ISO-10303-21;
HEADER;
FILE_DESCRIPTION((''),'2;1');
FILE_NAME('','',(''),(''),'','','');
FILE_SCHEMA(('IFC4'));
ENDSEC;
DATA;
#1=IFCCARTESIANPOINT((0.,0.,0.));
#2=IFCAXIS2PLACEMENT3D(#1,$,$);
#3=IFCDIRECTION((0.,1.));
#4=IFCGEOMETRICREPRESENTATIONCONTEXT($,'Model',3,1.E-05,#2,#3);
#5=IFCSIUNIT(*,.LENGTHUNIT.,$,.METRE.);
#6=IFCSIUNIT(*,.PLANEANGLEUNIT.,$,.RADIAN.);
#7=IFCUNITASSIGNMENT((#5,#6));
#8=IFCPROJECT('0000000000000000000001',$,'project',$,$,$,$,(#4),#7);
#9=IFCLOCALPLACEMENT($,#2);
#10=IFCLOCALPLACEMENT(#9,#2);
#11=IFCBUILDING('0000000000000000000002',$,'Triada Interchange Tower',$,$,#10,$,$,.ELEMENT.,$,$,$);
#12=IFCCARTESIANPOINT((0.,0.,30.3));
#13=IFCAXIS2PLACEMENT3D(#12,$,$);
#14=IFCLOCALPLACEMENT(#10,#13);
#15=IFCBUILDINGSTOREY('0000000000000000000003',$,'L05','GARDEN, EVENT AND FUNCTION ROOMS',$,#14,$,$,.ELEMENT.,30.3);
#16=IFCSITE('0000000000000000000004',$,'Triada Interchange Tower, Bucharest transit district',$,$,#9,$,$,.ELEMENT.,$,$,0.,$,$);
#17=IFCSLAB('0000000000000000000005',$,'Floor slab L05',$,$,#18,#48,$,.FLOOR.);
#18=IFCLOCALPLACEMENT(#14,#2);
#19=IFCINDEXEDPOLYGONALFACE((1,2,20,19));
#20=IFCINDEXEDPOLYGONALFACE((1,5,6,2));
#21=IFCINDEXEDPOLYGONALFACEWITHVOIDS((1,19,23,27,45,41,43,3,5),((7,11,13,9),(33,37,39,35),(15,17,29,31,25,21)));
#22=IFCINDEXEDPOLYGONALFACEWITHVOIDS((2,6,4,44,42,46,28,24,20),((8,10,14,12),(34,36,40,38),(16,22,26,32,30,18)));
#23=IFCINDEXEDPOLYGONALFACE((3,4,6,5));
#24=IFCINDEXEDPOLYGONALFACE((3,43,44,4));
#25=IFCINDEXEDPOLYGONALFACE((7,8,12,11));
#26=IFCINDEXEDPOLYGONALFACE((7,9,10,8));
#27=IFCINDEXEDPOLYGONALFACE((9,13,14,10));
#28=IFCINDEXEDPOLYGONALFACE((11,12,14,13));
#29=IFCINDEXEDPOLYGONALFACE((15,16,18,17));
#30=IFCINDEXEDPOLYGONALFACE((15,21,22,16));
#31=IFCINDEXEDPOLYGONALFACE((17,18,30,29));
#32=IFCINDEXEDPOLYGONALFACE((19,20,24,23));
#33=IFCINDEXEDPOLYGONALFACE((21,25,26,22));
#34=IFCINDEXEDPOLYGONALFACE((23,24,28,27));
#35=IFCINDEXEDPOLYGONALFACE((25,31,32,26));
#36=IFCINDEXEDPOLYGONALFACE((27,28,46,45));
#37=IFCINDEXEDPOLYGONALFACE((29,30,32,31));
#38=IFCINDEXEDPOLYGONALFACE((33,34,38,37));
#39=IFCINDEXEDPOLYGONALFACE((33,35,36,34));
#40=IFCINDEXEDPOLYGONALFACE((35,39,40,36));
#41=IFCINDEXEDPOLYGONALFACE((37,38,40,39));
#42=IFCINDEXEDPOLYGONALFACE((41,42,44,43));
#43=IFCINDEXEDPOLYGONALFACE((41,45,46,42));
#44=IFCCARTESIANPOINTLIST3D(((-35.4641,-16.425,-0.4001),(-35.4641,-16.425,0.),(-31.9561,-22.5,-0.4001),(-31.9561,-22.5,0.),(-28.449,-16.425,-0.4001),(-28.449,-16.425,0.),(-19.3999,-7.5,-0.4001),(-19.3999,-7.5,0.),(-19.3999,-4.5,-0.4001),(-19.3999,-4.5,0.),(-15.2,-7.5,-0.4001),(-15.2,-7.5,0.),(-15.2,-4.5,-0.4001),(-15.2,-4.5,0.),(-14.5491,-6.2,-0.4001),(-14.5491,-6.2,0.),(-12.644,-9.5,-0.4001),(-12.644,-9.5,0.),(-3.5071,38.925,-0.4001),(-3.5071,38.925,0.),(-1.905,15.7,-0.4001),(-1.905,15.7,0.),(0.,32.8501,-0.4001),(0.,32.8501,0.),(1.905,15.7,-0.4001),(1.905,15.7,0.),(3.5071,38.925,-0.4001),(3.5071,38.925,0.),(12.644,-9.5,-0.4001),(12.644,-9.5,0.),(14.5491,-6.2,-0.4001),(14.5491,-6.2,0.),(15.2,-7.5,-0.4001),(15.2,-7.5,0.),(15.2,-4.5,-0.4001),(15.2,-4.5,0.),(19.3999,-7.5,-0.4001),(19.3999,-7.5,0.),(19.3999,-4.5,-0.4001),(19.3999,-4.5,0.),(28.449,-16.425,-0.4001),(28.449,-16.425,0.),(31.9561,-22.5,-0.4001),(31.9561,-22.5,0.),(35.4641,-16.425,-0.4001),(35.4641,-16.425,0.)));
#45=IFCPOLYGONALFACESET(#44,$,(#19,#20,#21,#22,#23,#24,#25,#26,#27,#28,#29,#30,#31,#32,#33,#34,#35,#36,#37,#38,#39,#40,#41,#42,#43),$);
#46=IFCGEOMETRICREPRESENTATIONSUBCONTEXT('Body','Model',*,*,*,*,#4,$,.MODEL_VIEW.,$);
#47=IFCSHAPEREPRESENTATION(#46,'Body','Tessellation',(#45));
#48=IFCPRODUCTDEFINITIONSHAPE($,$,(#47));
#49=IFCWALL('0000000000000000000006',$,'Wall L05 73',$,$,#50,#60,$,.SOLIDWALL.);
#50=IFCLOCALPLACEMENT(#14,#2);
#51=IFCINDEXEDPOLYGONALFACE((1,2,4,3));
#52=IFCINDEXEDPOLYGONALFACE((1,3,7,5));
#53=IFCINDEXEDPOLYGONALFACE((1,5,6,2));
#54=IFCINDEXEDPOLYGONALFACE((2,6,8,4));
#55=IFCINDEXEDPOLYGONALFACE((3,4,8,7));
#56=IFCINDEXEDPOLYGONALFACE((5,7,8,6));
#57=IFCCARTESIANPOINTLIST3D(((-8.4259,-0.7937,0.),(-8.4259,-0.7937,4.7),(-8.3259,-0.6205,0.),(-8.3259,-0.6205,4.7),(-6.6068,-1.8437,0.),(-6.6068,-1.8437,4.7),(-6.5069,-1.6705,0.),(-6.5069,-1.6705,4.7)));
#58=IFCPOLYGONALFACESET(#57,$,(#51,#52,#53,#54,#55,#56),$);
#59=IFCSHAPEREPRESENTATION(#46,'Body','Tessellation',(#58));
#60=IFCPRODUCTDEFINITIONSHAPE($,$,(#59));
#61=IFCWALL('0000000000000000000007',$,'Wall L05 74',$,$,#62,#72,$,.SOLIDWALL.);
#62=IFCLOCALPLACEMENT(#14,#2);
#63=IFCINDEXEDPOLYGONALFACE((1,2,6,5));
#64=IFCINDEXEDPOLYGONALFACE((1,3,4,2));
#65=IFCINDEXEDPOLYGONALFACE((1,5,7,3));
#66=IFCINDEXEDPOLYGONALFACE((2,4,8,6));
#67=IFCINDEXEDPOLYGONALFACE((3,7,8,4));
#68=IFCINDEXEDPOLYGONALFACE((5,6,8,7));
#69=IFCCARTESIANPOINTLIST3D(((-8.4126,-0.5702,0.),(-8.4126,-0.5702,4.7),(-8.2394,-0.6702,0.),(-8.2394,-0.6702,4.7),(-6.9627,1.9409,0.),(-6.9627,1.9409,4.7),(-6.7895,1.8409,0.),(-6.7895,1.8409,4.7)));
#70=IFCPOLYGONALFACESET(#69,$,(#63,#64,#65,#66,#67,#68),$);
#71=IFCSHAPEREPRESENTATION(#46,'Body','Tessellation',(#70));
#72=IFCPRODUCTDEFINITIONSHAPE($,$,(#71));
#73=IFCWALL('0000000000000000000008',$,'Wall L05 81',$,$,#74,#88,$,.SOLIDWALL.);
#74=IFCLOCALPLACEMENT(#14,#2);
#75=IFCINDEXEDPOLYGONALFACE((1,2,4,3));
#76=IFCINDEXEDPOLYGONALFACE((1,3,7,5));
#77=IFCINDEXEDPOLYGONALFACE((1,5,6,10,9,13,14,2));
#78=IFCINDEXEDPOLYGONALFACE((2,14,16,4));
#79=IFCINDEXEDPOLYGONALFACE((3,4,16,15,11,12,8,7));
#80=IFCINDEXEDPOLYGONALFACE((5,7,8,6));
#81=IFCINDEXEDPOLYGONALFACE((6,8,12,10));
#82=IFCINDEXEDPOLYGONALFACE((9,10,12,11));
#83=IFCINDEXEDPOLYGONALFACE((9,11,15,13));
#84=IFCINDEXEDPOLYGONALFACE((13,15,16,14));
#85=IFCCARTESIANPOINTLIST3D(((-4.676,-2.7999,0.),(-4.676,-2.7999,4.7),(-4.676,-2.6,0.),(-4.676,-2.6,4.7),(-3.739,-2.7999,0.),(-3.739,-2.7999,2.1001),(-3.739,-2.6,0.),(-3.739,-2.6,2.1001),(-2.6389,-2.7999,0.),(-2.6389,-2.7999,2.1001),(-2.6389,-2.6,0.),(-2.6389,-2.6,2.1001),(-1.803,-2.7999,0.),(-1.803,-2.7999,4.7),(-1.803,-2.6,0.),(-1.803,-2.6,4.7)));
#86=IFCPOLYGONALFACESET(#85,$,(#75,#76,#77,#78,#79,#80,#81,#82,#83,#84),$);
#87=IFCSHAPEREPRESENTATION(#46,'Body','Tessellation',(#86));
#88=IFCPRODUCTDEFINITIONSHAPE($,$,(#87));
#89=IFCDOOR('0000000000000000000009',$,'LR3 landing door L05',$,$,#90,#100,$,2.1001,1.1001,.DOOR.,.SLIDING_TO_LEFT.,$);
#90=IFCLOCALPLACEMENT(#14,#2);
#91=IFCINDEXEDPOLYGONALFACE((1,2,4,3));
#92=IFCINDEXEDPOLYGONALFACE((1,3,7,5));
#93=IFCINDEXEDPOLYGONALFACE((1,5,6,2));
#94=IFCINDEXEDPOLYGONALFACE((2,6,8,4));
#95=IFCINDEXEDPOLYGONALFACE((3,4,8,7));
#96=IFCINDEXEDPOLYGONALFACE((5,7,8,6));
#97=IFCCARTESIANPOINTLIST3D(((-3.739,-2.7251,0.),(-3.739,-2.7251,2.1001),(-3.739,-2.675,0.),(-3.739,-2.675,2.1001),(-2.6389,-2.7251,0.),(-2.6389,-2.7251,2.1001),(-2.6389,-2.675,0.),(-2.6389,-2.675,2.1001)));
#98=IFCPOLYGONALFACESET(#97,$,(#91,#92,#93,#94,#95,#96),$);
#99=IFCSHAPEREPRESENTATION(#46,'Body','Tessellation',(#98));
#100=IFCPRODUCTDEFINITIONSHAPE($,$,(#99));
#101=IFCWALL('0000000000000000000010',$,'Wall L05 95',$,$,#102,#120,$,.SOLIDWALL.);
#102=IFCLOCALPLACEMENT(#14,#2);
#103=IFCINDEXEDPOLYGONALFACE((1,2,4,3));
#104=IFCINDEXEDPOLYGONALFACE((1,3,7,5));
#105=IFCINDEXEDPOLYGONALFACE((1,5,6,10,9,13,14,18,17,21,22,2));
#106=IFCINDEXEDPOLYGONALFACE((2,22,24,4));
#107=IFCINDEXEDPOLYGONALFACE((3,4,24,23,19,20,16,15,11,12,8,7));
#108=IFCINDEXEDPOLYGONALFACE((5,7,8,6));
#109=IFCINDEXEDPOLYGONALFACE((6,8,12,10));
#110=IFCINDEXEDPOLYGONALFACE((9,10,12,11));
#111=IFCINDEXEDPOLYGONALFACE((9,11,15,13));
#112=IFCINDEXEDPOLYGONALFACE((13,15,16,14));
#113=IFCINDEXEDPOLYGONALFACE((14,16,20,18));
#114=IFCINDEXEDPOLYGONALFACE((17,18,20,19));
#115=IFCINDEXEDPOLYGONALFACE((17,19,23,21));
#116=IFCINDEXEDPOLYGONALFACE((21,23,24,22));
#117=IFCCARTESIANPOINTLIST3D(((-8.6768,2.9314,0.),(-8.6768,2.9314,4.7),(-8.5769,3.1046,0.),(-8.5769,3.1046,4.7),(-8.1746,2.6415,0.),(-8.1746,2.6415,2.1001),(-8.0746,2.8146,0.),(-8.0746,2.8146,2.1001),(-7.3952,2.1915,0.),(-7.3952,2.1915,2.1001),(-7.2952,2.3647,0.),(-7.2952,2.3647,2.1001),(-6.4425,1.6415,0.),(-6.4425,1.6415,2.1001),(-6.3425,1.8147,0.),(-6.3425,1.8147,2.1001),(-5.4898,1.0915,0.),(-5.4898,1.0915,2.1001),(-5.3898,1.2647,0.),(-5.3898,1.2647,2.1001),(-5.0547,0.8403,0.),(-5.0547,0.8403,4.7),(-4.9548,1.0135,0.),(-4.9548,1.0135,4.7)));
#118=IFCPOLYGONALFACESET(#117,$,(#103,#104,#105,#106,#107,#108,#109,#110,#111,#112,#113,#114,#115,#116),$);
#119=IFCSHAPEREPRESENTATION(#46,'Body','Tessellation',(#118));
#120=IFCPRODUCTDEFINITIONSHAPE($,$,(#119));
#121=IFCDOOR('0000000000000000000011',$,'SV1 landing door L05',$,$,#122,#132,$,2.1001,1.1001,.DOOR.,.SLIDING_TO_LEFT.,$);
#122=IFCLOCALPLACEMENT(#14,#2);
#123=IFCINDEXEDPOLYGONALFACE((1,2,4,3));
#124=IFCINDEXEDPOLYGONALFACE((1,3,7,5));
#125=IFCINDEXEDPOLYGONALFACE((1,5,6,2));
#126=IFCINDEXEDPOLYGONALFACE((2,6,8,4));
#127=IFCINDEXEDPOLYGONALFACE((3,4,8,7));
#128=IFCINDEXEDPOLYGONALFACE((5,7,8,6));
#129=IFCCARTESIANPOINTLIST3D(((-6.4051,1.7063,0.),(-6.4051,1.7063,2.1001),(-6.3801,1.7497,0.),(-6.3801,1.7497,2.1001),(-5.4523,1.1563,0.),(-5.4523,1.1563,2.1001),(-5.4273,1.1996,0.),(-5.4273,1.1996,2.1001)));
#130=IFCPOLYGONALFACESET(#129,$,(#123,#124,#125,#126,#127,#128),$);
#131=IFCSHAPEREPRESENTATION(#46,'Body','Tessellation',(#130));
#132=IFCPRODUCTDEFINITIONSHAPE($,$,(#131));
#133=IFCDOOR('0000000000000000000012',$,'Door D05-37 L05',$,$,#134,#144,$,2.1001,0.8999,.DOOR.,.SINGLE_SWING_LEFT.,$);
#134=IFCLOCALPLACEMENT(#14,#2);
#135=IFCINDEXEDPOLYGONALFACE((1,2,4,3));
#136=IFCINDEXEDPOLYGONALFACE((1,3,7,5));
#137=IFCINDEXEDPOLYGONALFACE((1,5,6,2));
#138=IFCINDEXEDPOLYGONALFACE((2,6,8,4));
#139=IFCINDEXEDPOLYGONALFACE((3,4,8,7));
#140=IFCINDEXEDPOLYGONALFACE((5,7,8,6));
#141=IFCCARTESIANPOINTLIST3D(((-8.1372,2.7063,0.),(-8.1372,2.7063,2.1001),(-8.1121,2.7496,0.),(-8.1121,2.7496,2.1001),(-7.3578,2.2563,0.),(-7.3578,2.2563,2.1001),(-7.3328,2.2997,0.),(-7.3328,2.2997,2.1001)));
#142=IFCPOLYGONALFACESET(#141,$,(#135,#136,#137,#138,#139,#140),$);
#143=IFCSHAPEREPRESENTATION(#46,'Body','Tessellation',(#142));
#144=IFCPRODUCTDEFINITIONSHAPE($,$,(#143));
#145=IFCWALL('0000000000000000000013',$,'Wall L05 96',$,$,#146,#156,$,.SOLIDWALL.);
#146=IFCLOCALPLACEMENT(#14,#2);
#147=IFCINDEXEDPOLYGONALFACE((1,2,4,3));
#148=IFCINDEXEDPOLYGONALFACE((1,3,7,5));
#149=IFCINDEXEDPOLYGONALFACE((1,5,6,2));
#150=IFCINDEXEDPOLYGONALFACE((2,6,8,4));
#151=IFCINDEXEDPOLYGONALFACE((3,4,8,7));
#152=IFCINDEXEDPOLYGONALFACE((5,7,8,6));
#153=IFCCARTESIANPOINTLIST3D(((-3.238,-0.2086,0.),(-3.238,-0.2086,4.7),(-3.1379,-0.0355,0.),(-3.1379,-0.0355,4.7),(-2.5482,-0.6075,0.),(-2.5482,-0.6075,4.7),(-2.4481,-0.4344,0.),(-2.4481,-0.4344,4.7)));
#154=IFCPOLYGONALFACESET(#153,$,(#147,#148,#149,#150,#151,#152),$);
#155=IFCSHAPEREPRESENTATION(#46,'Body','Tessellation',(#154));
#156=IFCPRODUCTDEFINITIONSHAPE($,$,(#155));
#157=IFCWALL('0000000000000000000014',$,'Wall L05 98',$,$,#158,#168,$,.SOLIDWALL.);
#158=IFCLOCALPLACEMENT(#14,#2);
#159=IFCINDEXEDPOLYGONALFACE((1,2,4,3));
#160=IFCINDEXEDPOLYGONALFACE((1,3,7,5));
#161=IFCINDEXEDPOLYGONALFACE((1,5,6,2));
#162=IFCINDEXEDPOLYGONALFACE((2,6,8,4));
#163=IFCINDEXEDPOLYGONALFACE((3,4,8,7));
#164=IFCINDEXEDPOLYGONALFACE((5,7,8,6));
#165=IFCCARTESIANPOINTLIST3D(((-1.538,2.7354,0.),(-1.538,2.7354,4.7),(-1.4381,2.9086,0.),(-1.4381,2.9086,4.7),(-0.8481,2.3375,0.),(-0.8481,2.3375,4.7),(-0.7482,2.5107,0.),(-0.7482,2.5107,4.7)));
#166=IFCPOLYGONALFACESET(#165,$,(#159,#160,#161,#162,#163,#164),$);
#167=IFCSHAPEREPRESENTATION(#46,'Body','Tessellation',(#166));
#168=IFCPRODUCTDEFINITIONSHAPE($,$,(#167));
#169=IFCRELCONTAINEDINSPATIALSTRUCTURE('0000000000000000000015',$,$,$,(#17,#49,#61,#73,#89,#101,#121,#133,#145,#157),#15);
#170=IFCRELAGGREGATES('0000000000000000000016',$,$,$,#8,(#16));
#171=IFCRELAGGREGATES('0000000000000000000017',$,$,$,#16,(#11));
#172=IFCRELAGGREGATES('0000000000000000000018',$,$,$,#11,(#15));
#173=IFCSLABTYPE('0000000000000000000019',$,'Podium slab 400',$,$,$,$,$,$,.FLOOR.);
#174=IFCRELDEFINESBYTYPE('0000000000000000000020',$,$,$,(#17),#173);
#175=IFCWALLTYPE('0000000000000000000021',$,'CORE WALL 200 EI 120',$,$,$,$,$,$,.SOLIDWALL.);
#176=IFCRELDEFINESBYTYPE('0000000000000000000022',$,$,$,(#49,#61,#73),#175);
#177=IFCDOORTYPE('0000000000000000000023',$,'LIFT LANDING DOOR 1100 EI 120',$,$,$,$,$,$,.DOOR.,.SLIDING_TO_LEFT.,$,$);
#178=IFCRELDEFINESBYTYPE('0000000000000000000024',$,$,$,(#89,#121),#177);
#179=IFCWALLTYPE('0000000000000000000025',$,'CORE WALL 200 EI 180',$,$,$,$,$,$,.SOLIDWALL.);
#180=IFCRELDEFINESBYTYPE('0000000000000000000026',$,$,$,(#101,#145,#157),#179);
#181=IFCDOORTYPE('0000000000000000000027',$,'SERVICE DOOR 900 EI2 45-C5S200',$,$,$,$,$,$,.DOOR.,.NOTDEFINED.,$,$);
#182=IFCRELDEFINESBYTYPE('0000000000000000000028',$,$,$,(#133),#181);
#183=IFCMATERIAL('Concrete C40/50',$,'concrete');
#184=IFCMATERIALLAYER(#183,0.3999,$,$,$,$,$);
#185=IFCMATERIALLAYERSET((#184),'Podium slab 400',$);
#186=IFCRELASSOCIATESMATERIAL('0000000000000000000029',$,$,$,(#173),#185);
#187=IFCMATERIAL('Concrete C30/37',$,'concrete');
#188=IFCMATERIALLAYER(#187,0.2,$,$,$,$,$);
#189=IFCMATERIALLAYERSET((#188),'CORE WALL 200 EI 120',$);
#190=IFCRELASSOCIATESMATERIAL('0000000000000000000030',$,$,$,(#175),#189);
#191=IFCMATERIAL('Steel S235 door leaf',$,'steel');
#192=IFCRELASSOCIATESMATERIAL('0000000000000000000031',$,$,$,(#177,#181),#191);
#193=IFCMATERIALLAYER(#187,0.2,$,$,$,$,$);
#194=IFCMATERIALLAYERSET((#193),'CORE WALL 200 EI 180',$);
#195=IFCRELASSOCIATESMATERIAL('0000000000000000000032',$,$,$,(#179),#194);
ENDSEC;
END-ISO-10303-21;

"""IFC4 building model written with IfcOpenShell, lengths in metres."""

from ifc_helpers import new_model, si_unit, direction, frame, frame_2d, origin, place, context, subcontext, project, spatial, polyline, rectangle, outline, extrude, material, layer, layer_set, type_object, element, fill, save


model = new_model("IFC4")

# Units and contexts
model_context = context("Model", 3, precision=1e-05, world=origin(), true_north=direction((0.0, 1.0)))
body_context = subcontext(model_context, "Body", "Model", "MODEL_VIEW")
ifc_project = project(units=[si_unit("LENGTHUNIT", "METRE"), si_unit("PLANEANGLEUNIT", "RADIAN")], contexts=[model_context])

# Site, building, storey
site_placement = place(None, origin())
site = spatial("IfcSite", under=ifc_project, at=site_placement, Name="Triada Interchange Tower, Bucharest transit district", CompositionType="ELEMENT", RefElevation=0.0)
building_placement = place(site_placement, origin())
building = spatial("IfcBuilding", under=site, at=building_placement, Name="Triada Interchange Tower", CompositionType="ELEMENT")
storey_placement = place(building_placement, frame((0.0, 0.0, 30.3)))
storey = spatial("IfcBuildingStorey", under=building, at=storey_placement, Name="L05", Description="GARDEN, EVENT AND FUNCTION ROOMS", CompositionType="ELEMENT", Elevation=30.3)

# Slab
ifc_material_1 = material(Name="Concrete C40/50", Category="concrete")
ifc_layer_1 = layer(ifc_material_1, 0.3999)
ifc_layer_set_1 = layer_set([ifc_layer_1], Name="Podium slab 400")
slab_type = type_object("IfcSlabType", Name="Podium slab 400", PredefinedType="FLOOR", material=ifc_layer_set_1)
slab_placement = place(storey_placement, frame((0.0, 0.0, -0.4001)))
element("IfcSlab", 1, at=slab_placement, inside=storey, type_object=slab_type, Name="Floor slab L05", PredefinedType="FLOOR", context=body_context, shape_type="SweptSolid", body=[
    extrude(outline(polyline([(-31.9561, -22.5), (31.9561, -22.5), (28.449, -16.425), (35.4641, -16.425), (3.5071, 38.925), (0.0, 32.8501), (-3.5071, 38.925), (-35.4641, -16.425), (-28.449, -16.425), (-31.9561, -22.5)]), holes=[polyline([(-15.2, -7.5), (-19.3999, -7.5), (-19.3999, -4.5), (-15.2, -4.5), (-15.2, -7.5)]), polyline([(19.3999, -4.5), (19.3999, -7.5), (15.2, -7.5), (15.2, -4.5), (19.3999, -4.5)]), polyline([(12.644, -9.5), (-12.644, -9.5), (-14.5491, -6.2), (-1.905, 15.7), (1.905, 15.7), (14.5491, -6.2), (12.644, -9.5)])]), origin(), (0.0, 0.0, 1.0), 0.4001),
])

# Walls
ifc_material_2 = material(Name="Concrete C30/37", Category="concrete")
ifc_layer_2 = layer(ifc_material_2, 0.2)
ifc_layer_set_2 = layer_set([ifc_layer_2], Name="CORE WALL 200 EI 120")
wall_type_1 = type_object("IfcWallType", Name="CORE WALL 200 EI 120", PredefinedType="SOLIDWALL", material=ifc_layer_set_2)
wall_1_placement = place(storey_placement, frame((-8.376, -0.707, 0.0), z_axis=(0.0, 0.0, 1.0), x_axis=(0.866068, -0.499927, 0.0)))
element("IfcWall", 2, at=wall_1_placement, inside=storey, type_object=wall_type_1, Name="Wall L05 73", PredefinedType="SOLIDWALL", context=body_context, shape_type="SweptSolid", body=[
    extrude(rectangle(XDim=2.1003, YDim=0.2, at=frame_2d((1.0503, 0.0))), origin(), (0.0, 0.0, 1.0), 4.7),
])
wall_2_placement = place(storey_placement, frame((-8.3259, -0.6201, 0.0), z_axis=(0.0, 0.0, 1.0), x_axis=(0.500024, 0.866012, 0.0)))
element("IfcWall", 3, at=wall_2_placement, inside=storey, type_object=wall_type_1, Name="Wall L05 74", PredefinedType="SOLIDWALL", context=body_context, shape_type="SweptSolid", body=[
    extrude(rectangle(XDim=2.8997, YDim=0.2, at=frame_2d((1.4497, 0.0))), origin(), (0.0, 0.0, 1.0), 4.7),
])

# Wall, opening, door
wall_3_placement = place(storey_placement, frame((-4.676, -2.7, 0.0), z_axis=(0.0, 0.0, 1.0), x_axis=(1.0, 0.0, 0.0)))
wall_3 = element("IfcWall", 4, at=wall_3_placement, inside=storey, type_object=wall_type_1, Name="Wall L05 81", PredefinedType="SOLIDWALL", context=body_context, shape_type="SweptSolid", body=[
    extrude(rectangle(XDim=2.873, YDim=0.2, at=frame_2d((1.4365, 0.0))), origin(), (0.0, 0.0, 1.0), 4.7),
])
opening_1_placement = place(wall_3_placement, frame((0.937, 0.0, 0.0)))
opening_1 = element("IfcOpeningElement", 5, at=opening_1_placement, cuts=wall_3, PredefinedType="OPENING", context=body_context, shape_type="SweptSolid", body=[
    extrude(rectangle(XDim=1.1001, YDim=2.1001, at=frame_2d((0.55, 1.05))), frame((0.0, 0.1099, 0.0), z_axis=(0.0, -1.0, 0.0), x_axis=(1.0, 0.0, 0.0)), (0.0, 0.0, 1.0), 0.22),
])
ifc_material_3 = material(Name="Steel S235 door leaf", Category="steel")
door_type_1 = type_object("IfcDoorType", Name="LIFT LANDING DOOR 1100 EI 120", OperationType="SLIDING_TO_LEFT", PredefinedType="DOOR", material=ifc_material_3)
door_1_placement = place(opening_1_placement, origin())
door_1 = element("IfcDoor", 6, at=door_1_placement, inside=storey, type_object=door_type_1, Name="LR3 landing door L05", OperationType="SLIDING_TO_LEFT", OverallHeight=2.1001, OverallWidth=1.1001, PredefinedType="DOOR", context=body_context, shape_type="SweptSolid", body=[
    extrude(rectangle(XDim=1.1001, YDim=2.1001, at=frame_2d((0.55, 1.05))), frame((0.0, 0.0249, 0.0), z_axis=(0.0, -1.0, 0.0), x_axis=(1.0, 0.0, 0.0)), (0.0, 0.0, 1.0), 0.05),
])
fill(opening_1, door_1)

# Wall, openings, doors
ifc_layer_3 = layer(ifc_material_2, 0.2)
ifc_layer_set_3 = layer_set([ifc_layer_3], Name="CORE WALL 200 EI 180")
wall_type_2 = type_object("IfcWallType", Name="CORE WALL 200 EI 180", PredefinedType="SOLIDWALL", material=ifc_layer_set_3)
wall_4_placement = place(storey_placement, frame((-8.627, 3.0181, 0.0), z_axis=(0.0, 0.0, 1.0), x_axis=(0.86604, -0.499975, 0.0)))
wall_4 = element("IfcWall", 7, at=wall_4_placement, inside=storey, type_object=wall_type_2, Name="Wall L05 95", PredefinedType="SOLIDWALL", context=body_context, shape_type="SweptSolid", body=[
    extrude(rectangle(XDim=4.1824, YDim=0.2, at=frame_2d((2.0913, 0.0))), origin(), (0.0, 0.0, 1.0), 4.7),
])
opening_2_placement = place(wall_4_placement, frame((2.5801, 0.0, 0.0)))
opening_2 = element("IfcOpeningElement", 8, at=opening_2_placement, cuts=wall_4, PredefinedType="OPENING", context=body_context, shape_type="SweptSolid", body=[
    extrude(rectangle(XDim=1.1001, YDim=2.1001, at=frame_2d((0.55, 1.05))), frame((0.0, 0.1099, 0.0), z_axis=(0.0, -1.0, 0.0), x_axis=(1.0, 0.0, 0.0)), (0.0, 0.0, 1.0), 0.22),
])
opening_3_placement = place(wall_4_placement, frame((0.5801, 0.0, 0.0)))
opening_3 = element("IfcOpeningElement", 9, at=opening_3_placement, cuts=wall_4, PredefinedType="OPENING", context=body_context, shape_type="SweptSolid", body=[
    extrude(rectangle(XDim=0.8999, YDim=2.1001, at=frame_2d((0.45, 1.05))), frame((0.0, 0.1099, 0.0), z_axis=(0.0, -1.0, 0.0), x_axis=(1.0, 0.0, 0.0)), (0.0, 0.0, 1.0), 0.22),
])
door_2_placement = place(opening_2_placement, origin())
door_2 = element("IfcDoor", 10, at=door_2_placement, inside=storey, type_object=door_type_1, Name="SV1 landing door L05", OperationType="SLIDING_TO_LEFT", OverallHeight=2.1001, OverallWidth=1.1001, PredefinedType="DOOR", context=body_context, shape_type="SweptSolid", body=[
    extrude(rectangle(XDim=1.1001, YDim=2.1001, at=frame_2d((0.55, 1.05))), frame((0.0, 0.0249, 0.0), z_axis=(0.0, -1.0, 0.0), x_axis=(1.0, 0.0, 0.0)), (0.0, 0.0, 1.0), 0.05),
])
fill(opening_2, door_2)
door_type_2 = type_object("IfcDoorType", Name="SERVICE DOOR 900 EI2 45-C5S200", OperationType="NOTDEFINED", PredefinedType="DOOR", material=ifc_material_3)
door_3_placement = place(opening_3_placement, origin())
door_3 = element("IfcDoor", 11, at=door_3_placement, inside=storey, type_object=door_type_2, Name="Door D05-37 L05", OperationType="SINGLE_SWING_LEFT", OverallHeight=2.1001, OverallWidth=0.8999, PredefinedType="DOOR", context=body_context, shape_type="SweptSolid", body=[
    extrude(rectangle(XDim=0.8999, YDim=2.1001, at=frame_2d((0.45, 1.05))), frame((0.0, 0.0249, 0.0), z_axis=(0.0, -1.0, 0.0), x_axis=(1.0, 0.0, 0.0)), (0.0, 0.0, 1.0), 0.05),
])
fill(opening_3, door_3)

# Walls
wall_5_placement = place(storey_placement, frame((-3.188, -0.1221, 0.0), z_axis=(0.0, 0.0, 1.0), x_axis=(0.865706, -0.500553, 0.0)))
element("IfcWall", 12, at=wall_5_placement, inside=storey, type_object=wall_type_2, Name="Wall L05 96", PredefinedType="SOLIDWALL", context=body_context, shape_type="SweptSolid", body=[
    extrude(rectangle(XDim=0.7969, YDim=0.2, at=frame_2d((0.3984, 0.0))), origin(), (0.0, 0.0, 1.0), 4.7),
])
wall_6_placement = place(storey_placement, frame((-1.488, 2.822, 0.0), z_axis=(0.0, 0.0, 1.0), x_axis=(0.866237, -0.499634, 0.0)))
element("IfcWall", 13, at=wall_6_placement, inside=storey, type_object=wall_type_2, Name="Wall L05 98", PredefinedType="SOLIDWALL", context=body_context, shape_type="SweptSolid", body=[
    extrude(rectangle(XDim=0.7964, YDim=0.2, at=frame_2d((0.3982, 0.0))), origin(), (0.0, 0.0, 1.0), 4.7),
])

save(model, "model.ifc")
